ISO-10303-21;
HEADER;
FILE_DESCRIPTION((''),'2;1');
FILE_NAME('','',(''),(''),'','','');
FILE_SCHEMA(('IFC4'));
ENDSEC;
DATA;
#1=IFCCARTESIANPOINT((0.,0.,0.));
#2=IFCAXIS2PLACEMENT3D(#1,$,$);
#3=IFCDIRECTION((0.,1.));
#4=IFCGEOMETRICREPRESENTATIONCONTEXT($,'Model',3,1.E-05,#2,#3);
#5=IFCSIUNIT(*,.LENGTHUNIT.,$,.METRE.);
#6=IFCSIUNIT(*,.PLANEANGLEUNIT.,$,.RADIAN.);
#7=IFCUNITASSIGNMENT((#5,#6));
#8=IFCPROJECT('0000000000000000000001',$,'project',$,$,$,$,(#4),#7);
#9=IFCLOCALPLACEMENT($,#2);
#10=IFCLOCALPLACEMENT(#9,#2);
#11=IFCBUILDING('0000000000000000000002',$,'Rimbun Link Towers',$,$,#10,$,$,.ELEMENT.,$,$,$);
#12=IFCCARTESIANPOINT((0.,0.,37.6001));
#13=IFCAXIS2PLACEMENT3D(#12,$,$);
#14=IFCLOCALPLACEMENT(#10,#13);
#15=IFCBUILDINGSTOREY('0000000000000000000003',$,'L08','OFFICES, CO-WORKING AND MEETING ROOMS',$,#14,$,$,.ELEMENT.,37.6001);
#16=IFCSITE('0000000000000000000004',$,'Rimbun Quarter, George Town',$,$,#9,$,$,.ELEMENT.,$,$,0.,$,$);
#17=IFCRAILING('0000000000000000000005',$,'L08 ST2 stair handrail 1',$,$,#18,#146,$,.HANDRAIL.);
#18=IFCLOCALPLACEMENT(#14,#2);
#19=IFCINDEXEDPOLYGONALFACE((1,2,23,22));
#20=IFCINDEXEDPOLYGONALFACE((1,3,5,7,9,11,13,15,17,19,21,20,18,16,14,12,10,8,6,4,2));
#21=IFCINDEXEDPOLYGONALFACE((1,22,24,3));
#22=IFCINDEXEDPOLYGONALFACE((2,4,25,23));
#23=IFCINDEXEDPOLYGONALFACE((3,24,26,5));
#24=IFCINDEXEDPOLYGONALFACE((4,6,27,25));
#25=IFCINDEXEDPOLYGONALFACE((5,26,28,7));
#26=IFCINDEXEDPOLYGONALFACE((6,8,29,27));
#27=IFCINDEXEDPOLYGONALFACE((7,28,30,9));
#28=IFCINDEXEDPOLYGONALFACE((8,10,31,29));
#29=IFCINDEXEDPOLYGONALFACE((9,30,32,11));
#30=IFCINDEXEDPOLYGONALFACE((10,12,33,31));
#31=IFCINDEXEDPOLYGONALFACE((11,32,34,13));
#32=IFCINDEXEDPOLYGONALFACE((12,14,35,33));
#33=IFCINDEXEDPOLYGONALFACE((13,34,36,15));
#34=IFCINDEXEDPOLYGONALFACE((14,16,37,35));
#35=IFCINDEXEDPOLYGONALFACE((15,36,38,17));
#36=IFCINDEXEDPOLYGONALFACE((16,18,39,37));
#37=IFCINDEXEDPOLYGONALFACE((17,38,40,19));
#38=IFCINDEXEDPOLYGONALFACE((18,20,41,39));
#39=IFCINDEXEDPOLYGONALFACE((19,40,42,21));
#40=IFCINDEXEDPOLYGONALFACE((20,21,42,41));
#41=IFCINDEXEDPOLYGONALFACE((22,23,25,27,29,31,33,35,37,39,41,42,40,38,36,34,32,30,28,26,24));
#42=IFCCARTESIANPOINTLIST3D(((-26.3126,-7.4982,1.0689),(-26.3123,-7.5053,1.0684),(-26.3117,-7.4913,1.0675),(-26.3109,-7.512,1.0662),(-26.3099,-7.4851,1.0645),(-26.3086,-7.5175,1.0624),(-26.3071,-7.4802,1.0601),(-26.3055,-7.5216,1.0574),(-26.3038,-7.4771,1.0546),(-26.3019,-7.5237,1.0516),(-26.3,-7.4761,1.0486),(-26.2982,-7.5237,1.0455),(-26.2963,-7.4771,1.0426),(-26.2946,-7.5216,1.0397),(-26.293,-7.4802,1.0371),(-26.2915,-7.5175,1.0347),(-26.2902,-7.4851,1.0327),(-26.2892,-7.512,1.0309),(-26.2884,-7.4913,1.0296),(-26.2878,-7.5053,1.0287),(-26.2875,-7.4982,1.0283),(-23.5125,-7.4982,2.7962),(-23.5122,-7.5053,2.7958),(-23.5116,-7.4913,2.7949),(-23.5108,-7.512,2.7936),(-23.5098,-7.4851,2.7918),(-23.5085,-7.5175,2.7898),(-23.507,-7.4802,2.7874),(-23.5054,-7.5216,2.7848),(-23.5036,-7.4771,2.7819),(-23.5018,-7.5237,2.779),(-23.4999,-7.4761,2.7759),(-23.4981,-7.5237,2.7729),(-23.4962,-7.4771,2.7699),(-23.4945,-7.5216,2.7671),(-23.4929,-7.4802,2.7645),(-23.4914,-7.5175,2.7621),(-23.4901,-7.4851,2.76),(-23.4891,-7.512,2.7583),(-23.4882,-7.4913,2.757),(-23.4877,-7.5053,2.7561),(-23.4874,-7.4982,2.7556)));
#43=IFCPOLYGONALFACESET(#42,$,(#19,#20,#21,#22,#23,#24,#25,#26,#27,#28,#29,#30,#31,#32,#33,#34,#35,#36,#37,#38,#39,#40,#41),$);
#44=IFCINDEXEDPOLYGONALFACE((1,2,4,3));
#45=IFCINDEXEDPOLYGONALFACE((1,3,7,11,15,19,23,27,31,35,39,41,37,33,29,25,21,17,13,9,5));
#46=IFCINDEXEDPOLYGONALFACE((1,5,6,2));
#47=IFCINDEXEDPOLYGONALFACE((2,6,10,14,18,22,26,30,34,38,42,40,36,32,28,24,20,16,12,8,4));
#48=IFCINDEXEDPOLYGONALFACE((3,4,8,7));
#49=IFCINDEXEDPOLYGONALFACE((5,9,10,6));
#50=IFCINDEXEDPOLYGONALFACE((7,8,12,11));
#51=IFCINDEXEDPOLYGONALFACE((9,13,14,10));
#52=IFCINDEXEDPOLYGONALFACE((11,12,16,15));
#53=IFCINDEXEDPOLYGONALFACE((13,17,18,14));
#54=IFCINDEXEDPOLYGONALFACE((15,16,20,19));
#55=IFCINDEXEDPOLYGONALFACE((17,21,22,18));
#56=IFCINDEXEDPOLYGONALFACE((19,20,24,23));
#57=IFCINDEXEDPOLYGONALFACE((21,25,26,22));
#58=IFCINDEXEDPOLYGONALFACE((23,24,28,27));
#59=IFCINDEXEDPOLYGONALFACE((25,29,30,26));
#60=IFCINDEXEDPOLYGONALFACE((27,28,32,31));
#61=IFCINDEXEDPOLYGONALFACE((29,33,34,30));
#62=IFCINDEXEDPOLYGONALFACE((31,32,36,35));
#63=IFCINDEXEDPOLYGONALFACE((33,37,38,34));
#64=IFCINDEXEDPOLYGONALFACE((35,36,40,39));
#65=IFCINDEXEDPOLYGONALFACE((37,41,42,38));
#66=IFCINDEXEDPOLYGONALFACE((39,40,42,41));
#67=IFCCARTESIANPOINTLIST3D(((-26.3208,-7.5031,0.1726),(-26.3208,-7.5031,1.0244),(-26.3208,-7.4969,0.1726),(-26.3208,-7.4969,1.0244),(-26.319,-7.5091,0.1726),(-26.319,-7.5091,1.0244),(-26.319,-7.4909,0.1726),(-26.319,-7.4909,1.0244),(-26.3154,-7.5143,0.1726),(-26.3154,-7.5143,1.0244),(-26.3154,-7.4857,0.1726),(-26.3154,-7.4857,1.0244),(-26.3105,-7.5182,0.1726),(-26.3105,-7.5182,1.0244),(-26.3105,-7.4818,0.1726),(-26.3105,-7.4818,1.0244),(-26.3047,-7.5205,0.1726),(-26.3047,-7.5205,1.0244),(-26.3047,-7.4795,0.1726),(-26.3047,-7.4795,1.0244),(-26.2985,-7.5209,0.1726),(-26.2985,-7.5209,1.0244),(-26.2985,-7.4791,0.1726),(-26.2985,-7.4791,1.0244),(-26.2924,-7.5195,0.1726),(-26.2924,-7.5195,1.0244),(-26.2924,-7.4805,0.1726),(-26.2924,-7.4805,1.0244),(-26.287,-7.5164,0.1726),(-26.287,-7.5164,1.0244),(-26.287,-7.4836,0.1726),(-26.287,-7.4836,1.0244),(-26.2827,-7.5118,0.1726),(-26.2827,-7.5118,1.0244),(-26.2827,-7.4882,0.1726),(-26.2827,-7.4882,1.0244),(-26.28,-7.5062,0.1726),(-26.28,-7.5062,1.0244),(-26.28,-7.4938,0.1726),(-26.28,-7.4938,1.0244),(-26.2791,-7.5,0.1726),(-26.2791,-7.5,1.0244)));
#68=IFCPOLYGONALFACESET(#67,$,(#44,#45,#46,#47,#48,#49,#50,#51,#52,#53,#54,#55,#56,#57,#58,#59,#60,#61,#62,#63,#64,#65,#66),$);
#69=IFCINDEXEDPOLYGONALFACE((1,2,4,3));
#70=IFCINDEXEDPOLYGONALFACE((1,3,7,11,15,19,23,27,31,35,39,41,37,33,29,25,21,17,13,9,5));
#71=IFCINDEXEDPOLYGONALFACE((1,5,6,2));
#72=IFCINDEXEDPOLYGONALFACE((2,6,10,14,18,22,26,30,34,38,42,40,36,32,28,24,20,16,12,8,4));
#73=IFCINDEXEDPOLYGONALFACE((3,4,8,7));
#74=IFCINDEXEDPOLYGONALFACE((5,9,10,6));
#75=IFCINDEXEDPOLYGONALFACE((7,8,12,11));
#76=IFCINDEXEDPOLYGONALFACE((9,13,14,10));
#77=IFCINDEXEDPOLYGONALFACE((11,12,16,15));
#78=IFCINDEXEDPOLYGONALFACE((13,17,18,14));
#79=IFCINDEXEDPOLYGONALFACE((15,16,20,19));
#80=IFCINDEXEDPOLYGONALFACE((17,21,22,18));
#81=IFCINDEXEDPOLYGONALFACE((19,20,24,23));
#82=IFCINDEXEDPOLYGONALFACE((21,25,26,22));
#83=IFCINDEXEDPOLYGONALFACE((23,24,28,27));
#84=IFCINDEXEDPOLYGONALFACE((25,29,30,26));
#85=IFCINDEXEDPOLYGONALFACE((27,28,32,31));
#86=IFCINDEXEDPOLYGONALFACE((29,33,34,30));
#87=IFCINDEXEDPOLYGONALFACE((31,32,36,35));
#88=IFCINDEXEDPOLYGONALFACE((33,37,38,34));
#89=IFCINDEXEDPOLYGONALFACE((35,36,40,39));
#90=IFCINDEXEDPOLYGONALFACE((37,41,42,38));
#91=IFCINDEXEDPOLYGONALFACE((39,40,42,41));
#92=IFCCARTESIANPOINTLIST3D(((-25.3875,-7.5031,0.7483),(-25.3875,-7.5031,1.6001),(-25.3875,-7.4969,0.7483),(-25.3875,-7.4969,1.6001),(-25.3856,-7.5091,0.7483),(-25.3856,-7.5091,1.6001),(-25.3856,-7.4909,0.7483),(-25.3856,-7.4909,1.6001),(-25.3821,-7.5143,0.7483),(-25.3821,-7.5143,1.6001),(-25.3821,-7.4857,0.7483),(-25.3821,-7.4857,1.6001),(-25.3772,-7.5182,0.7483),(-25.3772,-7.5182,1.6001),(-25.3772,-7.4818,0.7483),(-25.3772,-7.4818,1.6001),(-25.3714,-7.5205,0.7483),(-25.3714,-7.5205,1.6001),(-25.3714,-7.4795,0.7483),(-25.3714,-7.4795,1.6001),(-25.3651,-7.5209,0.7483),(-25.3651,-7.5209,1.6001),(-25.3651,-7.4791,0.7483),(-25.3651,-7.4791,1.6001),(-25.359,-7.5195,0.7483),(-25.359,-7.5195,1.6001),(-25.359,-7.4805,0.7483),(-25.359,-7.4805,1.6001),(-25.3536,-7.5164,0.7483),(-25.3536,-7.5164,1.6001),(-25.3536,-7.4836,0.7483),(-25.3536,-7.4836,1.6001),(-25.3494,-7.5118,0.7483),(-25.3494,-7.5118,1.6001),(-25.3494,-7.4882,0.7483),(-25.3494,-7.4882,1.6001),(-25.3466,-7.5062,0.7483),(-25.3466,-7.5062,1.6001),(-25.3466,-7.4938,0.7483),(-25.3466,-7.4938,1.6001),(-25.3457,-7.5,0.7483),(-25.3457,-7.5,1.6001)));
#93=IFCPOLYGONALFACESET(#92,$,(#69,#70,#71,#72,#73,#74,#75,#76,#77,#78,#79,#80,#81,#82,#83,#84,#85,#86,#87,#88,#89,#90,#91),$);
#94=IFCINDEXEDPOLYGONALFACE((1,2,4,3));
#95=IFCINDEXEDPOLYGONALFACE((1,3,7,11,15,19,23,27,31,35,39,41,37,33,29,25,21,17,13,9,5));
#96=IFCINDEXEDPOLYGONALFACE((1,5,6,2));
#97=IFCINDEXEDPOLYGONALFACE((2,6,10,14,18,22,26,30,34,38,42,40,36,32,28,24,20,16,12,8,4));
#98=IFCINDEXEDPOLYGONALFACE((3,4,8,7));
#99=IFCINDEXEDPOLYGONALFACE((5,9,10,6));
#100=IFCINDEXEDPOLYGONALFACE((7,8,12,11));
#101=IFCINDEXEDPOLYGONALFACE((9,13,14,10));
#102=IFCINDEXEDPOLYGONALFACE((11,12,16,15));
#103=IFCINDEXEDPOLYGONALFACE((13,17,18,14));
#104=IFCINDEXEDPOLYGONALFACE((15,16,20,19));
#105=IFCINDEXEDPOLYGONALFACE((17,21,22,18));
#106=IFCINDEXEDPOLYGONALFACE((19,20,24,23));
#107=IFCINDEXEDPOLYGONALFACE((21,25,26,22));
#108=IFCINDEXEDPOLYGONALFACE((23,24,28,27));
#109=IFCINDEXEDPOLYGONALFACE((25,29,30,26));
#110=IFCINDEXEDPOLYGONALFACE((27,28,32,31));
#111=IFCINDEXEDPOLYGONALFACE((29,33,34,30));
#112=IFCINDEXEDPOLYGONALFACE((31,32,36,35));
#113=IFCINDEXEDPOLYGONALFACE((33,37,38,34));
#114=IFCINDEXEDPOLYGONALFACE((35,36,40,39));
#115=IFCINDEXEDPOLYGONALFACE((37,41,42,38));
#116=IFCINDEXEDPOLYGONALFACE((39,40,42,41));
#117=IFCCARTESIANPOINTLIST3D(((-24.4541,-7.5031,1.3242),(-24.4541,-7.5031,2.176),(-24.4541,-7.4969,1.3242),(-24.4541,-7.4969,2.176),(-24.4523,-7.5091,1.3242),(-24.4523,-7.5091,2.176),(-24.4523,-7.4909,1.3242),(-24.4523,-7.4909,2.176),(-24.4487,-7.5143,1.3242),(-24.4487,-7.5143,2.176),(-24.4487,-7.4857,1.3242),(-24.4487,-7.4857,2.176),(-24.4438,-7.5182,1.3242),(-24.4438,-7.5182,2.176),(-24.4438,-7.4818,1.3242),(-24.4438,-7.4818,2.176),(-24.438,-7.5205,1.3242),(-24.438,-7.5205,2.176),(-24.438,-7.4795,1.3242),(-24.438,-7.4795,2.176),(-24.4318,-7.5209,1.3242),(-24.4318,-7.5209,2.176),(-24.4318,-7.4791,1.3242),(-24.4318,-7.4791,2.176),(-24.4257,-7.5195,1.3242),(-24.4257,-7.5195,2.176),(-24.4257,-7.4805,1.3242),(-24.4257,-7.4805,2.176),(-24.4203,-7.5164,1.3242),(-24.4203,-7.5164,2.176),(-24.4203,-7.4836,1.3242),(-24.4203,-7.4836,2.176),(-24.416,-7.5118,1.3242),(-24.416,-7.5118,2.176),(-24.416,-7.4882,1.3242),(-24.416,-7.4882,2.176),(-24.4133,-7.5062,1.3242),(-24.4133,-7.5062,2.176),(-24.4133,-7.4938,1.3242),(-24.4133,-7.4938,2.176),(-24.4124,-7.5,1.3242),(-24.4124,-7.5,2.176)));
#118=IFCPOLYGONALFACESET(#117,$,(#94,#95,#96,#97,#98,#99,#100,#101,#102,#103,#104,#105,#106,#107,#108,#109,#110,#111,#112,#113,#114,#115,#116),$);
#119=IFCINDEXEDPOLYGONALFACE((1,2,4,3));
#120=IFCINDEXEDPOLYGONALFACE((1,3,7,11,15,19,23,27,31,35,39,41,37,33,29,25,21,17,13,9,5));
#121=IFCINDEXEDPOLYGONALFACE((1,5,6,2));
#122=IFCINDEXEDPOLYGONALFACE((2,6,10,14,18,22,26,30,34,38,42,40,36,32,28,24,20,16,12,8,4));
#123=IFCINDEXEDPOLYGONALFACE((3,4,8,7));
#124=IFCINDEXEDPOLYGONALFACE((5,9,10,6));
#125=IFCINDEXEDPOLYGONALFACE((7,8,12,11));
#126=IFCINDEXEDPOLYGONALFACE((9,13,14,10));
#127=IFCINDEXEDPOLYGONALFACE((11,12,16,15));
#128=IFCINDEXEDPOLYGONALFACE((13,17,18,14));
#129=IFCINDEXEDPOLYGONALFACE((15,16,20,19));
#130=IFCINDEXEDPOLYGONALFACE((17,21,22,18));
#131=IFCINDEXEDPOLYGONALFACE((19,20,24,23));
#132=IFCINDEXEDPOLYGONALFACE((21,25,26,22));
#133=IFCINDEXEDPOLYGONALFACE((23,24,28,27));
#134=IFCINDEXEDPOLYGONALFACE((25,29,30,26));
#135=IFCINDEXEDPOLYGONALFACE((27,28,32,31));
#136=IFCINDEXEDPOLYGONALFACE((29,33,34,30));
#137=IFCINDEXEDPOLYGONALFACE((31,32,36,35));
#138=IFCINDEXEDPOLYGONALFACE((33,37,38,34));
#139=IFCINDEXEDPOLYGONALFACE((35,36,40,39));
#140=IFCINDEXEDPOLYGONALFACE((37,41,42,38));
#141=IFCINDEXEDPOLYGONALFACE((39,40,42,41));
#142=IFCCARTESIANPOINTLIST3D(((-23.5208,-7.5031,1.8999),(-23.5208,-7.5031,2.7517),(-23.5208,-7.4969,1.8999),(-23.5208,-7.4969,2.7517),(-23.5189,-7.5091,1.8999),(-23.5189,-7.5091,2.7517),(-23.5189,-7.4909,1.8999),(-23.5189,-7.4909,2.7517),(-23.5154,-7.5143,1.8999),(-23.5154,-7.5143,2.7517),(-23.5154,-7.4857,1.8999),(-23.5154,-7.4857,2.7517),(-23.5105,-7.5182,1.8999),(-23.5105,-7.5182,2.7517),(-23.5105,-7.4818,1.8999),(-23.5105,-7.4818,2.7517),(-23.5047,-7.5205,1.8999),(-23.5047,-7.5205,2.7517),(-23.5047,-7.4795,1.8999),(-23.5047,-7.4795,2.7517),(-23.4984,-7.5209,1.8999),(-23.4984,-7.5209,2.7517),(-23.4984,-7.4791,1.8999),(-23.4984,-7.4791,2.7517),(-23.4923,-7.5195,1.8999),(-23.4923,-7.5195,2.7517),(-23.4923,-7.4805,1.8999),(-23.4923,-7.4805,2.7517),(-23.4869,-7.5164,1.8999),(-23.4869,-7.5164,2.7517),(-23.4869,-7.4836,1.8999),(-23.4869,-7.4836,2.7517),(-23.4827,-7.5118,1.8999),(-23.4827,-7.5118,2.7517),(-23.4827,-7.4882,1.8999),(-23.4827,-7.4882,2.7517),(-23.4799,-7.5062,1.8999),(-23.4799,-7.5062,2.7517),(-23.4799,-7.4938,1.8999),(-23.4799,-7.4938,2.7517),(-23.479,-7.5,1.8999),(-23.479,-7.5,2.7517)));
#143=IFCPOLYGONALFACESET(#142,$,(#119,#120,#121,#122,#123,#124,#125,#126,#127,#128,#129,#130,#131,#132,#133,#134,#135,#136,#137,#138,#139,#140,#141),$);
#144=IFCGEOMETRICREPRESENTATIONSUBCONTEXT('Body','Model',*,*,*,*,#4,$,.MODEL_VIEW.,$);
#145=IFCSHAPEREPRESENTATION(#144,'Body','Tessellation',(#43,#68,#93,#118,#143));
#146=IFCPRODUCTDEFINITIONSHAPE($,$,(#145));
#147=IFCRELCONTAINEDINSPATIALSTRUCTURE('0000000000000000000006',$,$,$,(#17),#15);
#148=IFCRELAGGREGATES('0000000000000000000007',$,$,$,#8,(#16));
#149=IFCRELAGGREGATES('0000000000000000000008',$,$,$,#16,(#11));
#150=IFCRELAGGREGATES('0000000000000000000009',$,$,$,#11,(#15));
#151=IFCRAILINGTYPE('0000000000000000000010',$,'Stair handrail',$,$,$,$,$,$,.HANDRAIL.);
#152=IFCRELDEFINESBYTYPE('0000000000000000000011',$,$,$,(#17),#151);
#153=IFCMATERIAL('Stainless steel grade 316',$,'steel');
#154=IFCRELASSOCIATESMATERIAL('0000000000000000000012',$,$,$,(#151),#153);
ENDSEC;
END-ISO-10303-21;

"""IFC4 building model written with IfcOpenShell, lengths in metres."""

from ifc_helpers import new_model, si_unit, direction, frame, origin, origin_2d, place, context, subcontext, project, spatial, circle, extrude, material, type_object, element, save


model = new_model("IFC4")

# Units and contexts
model_context = context("Model", 3, precision=1e-05, world=origin(), true_north=direction((0.0, 1.0)))
body_context = subcontext(model_context, "Body", "Model", "MODEL_VIEW")
ifc_project = project(units=[si_unit("LENGTHUNIT", "METRE"), si_unit("PLANEANGLEUNIT", "RADIAN")], contexts=[model_context])

# Site, building, storey
site_placement = place(None, origin())
site = spatial("IfcSite", under=ifc_project, at=site_placement, Name="Rimbun Quarter, George Town", CompositionType="ELEMENT", RefElevation=0.0)
building_placement = place(site_placement, origin())
building = spatial("IfcBuilding", under=site, at=building_placement, Name="Rimbun Link Towers", CompositionType="ELEMENT")
storey_placement = place(building_placement, frame((0.0, 0.0, 37.6001)))
storey = spatial("IfcBuildingStorey", under=building, at=storey_placement, Name="L08", Description="OFFICES, CO-WORKING AND MEETING ROOMS", CompositionType="ELEMENT", Elevation=37.6001)

# Railing
ifc_material_1 = material(Name="Stainless steel grade 316", Category="steel")
railing_type_1 = type_object("IfcRailingType", Name="Stair handrail", PredefinedType="HANDRAIL", material=ifc_material_1)
railing_1_placement = place(storey_placement, frame((-26.3, -7.5, 0.1726)))
element("IfcRailing", 1, at=railing_1_placement, inside=storey, type_object=railing_type_1, Name="L08 ST2 stair handrail 1", PredefinedType="HANDRAIL", context=body_context, shape_type="SweptSolid", body=[
    extrude(circle(Radius=0.0239, at=origin_2d()), frame((0.0, 0.0, 0.876), z_axis=(0.85109, 0.0, 0.52502), x_axis=(0.0, 1.0, 0.0)), (0.0, 0.0, 1.0), 3.29),
    extrude(circle(Radius=0.021, at=origin_2d()), origin(), (0.0, 0.0, 1.0), 0.8518),
    extrude(circle(Radius=0.021, at=origin_2d()), frame((0.9333, 0.0, 0.5757)), (0.0, 0.0, 1.0), 0.8518),
    extrude(circle(Radius=0.021, at=origin_2d()), frame((1.8667, 0.0, 1.1516)), (0.0, 0.0, 1.0), 0.8518),
    extrude(circle(Radius=0.021, at=origin_2d()), frame((2.8, 0.0, 1.7273)), (0.0, 0.0, 1.0), 0.8518),
])

save(model, "model.ifc")
